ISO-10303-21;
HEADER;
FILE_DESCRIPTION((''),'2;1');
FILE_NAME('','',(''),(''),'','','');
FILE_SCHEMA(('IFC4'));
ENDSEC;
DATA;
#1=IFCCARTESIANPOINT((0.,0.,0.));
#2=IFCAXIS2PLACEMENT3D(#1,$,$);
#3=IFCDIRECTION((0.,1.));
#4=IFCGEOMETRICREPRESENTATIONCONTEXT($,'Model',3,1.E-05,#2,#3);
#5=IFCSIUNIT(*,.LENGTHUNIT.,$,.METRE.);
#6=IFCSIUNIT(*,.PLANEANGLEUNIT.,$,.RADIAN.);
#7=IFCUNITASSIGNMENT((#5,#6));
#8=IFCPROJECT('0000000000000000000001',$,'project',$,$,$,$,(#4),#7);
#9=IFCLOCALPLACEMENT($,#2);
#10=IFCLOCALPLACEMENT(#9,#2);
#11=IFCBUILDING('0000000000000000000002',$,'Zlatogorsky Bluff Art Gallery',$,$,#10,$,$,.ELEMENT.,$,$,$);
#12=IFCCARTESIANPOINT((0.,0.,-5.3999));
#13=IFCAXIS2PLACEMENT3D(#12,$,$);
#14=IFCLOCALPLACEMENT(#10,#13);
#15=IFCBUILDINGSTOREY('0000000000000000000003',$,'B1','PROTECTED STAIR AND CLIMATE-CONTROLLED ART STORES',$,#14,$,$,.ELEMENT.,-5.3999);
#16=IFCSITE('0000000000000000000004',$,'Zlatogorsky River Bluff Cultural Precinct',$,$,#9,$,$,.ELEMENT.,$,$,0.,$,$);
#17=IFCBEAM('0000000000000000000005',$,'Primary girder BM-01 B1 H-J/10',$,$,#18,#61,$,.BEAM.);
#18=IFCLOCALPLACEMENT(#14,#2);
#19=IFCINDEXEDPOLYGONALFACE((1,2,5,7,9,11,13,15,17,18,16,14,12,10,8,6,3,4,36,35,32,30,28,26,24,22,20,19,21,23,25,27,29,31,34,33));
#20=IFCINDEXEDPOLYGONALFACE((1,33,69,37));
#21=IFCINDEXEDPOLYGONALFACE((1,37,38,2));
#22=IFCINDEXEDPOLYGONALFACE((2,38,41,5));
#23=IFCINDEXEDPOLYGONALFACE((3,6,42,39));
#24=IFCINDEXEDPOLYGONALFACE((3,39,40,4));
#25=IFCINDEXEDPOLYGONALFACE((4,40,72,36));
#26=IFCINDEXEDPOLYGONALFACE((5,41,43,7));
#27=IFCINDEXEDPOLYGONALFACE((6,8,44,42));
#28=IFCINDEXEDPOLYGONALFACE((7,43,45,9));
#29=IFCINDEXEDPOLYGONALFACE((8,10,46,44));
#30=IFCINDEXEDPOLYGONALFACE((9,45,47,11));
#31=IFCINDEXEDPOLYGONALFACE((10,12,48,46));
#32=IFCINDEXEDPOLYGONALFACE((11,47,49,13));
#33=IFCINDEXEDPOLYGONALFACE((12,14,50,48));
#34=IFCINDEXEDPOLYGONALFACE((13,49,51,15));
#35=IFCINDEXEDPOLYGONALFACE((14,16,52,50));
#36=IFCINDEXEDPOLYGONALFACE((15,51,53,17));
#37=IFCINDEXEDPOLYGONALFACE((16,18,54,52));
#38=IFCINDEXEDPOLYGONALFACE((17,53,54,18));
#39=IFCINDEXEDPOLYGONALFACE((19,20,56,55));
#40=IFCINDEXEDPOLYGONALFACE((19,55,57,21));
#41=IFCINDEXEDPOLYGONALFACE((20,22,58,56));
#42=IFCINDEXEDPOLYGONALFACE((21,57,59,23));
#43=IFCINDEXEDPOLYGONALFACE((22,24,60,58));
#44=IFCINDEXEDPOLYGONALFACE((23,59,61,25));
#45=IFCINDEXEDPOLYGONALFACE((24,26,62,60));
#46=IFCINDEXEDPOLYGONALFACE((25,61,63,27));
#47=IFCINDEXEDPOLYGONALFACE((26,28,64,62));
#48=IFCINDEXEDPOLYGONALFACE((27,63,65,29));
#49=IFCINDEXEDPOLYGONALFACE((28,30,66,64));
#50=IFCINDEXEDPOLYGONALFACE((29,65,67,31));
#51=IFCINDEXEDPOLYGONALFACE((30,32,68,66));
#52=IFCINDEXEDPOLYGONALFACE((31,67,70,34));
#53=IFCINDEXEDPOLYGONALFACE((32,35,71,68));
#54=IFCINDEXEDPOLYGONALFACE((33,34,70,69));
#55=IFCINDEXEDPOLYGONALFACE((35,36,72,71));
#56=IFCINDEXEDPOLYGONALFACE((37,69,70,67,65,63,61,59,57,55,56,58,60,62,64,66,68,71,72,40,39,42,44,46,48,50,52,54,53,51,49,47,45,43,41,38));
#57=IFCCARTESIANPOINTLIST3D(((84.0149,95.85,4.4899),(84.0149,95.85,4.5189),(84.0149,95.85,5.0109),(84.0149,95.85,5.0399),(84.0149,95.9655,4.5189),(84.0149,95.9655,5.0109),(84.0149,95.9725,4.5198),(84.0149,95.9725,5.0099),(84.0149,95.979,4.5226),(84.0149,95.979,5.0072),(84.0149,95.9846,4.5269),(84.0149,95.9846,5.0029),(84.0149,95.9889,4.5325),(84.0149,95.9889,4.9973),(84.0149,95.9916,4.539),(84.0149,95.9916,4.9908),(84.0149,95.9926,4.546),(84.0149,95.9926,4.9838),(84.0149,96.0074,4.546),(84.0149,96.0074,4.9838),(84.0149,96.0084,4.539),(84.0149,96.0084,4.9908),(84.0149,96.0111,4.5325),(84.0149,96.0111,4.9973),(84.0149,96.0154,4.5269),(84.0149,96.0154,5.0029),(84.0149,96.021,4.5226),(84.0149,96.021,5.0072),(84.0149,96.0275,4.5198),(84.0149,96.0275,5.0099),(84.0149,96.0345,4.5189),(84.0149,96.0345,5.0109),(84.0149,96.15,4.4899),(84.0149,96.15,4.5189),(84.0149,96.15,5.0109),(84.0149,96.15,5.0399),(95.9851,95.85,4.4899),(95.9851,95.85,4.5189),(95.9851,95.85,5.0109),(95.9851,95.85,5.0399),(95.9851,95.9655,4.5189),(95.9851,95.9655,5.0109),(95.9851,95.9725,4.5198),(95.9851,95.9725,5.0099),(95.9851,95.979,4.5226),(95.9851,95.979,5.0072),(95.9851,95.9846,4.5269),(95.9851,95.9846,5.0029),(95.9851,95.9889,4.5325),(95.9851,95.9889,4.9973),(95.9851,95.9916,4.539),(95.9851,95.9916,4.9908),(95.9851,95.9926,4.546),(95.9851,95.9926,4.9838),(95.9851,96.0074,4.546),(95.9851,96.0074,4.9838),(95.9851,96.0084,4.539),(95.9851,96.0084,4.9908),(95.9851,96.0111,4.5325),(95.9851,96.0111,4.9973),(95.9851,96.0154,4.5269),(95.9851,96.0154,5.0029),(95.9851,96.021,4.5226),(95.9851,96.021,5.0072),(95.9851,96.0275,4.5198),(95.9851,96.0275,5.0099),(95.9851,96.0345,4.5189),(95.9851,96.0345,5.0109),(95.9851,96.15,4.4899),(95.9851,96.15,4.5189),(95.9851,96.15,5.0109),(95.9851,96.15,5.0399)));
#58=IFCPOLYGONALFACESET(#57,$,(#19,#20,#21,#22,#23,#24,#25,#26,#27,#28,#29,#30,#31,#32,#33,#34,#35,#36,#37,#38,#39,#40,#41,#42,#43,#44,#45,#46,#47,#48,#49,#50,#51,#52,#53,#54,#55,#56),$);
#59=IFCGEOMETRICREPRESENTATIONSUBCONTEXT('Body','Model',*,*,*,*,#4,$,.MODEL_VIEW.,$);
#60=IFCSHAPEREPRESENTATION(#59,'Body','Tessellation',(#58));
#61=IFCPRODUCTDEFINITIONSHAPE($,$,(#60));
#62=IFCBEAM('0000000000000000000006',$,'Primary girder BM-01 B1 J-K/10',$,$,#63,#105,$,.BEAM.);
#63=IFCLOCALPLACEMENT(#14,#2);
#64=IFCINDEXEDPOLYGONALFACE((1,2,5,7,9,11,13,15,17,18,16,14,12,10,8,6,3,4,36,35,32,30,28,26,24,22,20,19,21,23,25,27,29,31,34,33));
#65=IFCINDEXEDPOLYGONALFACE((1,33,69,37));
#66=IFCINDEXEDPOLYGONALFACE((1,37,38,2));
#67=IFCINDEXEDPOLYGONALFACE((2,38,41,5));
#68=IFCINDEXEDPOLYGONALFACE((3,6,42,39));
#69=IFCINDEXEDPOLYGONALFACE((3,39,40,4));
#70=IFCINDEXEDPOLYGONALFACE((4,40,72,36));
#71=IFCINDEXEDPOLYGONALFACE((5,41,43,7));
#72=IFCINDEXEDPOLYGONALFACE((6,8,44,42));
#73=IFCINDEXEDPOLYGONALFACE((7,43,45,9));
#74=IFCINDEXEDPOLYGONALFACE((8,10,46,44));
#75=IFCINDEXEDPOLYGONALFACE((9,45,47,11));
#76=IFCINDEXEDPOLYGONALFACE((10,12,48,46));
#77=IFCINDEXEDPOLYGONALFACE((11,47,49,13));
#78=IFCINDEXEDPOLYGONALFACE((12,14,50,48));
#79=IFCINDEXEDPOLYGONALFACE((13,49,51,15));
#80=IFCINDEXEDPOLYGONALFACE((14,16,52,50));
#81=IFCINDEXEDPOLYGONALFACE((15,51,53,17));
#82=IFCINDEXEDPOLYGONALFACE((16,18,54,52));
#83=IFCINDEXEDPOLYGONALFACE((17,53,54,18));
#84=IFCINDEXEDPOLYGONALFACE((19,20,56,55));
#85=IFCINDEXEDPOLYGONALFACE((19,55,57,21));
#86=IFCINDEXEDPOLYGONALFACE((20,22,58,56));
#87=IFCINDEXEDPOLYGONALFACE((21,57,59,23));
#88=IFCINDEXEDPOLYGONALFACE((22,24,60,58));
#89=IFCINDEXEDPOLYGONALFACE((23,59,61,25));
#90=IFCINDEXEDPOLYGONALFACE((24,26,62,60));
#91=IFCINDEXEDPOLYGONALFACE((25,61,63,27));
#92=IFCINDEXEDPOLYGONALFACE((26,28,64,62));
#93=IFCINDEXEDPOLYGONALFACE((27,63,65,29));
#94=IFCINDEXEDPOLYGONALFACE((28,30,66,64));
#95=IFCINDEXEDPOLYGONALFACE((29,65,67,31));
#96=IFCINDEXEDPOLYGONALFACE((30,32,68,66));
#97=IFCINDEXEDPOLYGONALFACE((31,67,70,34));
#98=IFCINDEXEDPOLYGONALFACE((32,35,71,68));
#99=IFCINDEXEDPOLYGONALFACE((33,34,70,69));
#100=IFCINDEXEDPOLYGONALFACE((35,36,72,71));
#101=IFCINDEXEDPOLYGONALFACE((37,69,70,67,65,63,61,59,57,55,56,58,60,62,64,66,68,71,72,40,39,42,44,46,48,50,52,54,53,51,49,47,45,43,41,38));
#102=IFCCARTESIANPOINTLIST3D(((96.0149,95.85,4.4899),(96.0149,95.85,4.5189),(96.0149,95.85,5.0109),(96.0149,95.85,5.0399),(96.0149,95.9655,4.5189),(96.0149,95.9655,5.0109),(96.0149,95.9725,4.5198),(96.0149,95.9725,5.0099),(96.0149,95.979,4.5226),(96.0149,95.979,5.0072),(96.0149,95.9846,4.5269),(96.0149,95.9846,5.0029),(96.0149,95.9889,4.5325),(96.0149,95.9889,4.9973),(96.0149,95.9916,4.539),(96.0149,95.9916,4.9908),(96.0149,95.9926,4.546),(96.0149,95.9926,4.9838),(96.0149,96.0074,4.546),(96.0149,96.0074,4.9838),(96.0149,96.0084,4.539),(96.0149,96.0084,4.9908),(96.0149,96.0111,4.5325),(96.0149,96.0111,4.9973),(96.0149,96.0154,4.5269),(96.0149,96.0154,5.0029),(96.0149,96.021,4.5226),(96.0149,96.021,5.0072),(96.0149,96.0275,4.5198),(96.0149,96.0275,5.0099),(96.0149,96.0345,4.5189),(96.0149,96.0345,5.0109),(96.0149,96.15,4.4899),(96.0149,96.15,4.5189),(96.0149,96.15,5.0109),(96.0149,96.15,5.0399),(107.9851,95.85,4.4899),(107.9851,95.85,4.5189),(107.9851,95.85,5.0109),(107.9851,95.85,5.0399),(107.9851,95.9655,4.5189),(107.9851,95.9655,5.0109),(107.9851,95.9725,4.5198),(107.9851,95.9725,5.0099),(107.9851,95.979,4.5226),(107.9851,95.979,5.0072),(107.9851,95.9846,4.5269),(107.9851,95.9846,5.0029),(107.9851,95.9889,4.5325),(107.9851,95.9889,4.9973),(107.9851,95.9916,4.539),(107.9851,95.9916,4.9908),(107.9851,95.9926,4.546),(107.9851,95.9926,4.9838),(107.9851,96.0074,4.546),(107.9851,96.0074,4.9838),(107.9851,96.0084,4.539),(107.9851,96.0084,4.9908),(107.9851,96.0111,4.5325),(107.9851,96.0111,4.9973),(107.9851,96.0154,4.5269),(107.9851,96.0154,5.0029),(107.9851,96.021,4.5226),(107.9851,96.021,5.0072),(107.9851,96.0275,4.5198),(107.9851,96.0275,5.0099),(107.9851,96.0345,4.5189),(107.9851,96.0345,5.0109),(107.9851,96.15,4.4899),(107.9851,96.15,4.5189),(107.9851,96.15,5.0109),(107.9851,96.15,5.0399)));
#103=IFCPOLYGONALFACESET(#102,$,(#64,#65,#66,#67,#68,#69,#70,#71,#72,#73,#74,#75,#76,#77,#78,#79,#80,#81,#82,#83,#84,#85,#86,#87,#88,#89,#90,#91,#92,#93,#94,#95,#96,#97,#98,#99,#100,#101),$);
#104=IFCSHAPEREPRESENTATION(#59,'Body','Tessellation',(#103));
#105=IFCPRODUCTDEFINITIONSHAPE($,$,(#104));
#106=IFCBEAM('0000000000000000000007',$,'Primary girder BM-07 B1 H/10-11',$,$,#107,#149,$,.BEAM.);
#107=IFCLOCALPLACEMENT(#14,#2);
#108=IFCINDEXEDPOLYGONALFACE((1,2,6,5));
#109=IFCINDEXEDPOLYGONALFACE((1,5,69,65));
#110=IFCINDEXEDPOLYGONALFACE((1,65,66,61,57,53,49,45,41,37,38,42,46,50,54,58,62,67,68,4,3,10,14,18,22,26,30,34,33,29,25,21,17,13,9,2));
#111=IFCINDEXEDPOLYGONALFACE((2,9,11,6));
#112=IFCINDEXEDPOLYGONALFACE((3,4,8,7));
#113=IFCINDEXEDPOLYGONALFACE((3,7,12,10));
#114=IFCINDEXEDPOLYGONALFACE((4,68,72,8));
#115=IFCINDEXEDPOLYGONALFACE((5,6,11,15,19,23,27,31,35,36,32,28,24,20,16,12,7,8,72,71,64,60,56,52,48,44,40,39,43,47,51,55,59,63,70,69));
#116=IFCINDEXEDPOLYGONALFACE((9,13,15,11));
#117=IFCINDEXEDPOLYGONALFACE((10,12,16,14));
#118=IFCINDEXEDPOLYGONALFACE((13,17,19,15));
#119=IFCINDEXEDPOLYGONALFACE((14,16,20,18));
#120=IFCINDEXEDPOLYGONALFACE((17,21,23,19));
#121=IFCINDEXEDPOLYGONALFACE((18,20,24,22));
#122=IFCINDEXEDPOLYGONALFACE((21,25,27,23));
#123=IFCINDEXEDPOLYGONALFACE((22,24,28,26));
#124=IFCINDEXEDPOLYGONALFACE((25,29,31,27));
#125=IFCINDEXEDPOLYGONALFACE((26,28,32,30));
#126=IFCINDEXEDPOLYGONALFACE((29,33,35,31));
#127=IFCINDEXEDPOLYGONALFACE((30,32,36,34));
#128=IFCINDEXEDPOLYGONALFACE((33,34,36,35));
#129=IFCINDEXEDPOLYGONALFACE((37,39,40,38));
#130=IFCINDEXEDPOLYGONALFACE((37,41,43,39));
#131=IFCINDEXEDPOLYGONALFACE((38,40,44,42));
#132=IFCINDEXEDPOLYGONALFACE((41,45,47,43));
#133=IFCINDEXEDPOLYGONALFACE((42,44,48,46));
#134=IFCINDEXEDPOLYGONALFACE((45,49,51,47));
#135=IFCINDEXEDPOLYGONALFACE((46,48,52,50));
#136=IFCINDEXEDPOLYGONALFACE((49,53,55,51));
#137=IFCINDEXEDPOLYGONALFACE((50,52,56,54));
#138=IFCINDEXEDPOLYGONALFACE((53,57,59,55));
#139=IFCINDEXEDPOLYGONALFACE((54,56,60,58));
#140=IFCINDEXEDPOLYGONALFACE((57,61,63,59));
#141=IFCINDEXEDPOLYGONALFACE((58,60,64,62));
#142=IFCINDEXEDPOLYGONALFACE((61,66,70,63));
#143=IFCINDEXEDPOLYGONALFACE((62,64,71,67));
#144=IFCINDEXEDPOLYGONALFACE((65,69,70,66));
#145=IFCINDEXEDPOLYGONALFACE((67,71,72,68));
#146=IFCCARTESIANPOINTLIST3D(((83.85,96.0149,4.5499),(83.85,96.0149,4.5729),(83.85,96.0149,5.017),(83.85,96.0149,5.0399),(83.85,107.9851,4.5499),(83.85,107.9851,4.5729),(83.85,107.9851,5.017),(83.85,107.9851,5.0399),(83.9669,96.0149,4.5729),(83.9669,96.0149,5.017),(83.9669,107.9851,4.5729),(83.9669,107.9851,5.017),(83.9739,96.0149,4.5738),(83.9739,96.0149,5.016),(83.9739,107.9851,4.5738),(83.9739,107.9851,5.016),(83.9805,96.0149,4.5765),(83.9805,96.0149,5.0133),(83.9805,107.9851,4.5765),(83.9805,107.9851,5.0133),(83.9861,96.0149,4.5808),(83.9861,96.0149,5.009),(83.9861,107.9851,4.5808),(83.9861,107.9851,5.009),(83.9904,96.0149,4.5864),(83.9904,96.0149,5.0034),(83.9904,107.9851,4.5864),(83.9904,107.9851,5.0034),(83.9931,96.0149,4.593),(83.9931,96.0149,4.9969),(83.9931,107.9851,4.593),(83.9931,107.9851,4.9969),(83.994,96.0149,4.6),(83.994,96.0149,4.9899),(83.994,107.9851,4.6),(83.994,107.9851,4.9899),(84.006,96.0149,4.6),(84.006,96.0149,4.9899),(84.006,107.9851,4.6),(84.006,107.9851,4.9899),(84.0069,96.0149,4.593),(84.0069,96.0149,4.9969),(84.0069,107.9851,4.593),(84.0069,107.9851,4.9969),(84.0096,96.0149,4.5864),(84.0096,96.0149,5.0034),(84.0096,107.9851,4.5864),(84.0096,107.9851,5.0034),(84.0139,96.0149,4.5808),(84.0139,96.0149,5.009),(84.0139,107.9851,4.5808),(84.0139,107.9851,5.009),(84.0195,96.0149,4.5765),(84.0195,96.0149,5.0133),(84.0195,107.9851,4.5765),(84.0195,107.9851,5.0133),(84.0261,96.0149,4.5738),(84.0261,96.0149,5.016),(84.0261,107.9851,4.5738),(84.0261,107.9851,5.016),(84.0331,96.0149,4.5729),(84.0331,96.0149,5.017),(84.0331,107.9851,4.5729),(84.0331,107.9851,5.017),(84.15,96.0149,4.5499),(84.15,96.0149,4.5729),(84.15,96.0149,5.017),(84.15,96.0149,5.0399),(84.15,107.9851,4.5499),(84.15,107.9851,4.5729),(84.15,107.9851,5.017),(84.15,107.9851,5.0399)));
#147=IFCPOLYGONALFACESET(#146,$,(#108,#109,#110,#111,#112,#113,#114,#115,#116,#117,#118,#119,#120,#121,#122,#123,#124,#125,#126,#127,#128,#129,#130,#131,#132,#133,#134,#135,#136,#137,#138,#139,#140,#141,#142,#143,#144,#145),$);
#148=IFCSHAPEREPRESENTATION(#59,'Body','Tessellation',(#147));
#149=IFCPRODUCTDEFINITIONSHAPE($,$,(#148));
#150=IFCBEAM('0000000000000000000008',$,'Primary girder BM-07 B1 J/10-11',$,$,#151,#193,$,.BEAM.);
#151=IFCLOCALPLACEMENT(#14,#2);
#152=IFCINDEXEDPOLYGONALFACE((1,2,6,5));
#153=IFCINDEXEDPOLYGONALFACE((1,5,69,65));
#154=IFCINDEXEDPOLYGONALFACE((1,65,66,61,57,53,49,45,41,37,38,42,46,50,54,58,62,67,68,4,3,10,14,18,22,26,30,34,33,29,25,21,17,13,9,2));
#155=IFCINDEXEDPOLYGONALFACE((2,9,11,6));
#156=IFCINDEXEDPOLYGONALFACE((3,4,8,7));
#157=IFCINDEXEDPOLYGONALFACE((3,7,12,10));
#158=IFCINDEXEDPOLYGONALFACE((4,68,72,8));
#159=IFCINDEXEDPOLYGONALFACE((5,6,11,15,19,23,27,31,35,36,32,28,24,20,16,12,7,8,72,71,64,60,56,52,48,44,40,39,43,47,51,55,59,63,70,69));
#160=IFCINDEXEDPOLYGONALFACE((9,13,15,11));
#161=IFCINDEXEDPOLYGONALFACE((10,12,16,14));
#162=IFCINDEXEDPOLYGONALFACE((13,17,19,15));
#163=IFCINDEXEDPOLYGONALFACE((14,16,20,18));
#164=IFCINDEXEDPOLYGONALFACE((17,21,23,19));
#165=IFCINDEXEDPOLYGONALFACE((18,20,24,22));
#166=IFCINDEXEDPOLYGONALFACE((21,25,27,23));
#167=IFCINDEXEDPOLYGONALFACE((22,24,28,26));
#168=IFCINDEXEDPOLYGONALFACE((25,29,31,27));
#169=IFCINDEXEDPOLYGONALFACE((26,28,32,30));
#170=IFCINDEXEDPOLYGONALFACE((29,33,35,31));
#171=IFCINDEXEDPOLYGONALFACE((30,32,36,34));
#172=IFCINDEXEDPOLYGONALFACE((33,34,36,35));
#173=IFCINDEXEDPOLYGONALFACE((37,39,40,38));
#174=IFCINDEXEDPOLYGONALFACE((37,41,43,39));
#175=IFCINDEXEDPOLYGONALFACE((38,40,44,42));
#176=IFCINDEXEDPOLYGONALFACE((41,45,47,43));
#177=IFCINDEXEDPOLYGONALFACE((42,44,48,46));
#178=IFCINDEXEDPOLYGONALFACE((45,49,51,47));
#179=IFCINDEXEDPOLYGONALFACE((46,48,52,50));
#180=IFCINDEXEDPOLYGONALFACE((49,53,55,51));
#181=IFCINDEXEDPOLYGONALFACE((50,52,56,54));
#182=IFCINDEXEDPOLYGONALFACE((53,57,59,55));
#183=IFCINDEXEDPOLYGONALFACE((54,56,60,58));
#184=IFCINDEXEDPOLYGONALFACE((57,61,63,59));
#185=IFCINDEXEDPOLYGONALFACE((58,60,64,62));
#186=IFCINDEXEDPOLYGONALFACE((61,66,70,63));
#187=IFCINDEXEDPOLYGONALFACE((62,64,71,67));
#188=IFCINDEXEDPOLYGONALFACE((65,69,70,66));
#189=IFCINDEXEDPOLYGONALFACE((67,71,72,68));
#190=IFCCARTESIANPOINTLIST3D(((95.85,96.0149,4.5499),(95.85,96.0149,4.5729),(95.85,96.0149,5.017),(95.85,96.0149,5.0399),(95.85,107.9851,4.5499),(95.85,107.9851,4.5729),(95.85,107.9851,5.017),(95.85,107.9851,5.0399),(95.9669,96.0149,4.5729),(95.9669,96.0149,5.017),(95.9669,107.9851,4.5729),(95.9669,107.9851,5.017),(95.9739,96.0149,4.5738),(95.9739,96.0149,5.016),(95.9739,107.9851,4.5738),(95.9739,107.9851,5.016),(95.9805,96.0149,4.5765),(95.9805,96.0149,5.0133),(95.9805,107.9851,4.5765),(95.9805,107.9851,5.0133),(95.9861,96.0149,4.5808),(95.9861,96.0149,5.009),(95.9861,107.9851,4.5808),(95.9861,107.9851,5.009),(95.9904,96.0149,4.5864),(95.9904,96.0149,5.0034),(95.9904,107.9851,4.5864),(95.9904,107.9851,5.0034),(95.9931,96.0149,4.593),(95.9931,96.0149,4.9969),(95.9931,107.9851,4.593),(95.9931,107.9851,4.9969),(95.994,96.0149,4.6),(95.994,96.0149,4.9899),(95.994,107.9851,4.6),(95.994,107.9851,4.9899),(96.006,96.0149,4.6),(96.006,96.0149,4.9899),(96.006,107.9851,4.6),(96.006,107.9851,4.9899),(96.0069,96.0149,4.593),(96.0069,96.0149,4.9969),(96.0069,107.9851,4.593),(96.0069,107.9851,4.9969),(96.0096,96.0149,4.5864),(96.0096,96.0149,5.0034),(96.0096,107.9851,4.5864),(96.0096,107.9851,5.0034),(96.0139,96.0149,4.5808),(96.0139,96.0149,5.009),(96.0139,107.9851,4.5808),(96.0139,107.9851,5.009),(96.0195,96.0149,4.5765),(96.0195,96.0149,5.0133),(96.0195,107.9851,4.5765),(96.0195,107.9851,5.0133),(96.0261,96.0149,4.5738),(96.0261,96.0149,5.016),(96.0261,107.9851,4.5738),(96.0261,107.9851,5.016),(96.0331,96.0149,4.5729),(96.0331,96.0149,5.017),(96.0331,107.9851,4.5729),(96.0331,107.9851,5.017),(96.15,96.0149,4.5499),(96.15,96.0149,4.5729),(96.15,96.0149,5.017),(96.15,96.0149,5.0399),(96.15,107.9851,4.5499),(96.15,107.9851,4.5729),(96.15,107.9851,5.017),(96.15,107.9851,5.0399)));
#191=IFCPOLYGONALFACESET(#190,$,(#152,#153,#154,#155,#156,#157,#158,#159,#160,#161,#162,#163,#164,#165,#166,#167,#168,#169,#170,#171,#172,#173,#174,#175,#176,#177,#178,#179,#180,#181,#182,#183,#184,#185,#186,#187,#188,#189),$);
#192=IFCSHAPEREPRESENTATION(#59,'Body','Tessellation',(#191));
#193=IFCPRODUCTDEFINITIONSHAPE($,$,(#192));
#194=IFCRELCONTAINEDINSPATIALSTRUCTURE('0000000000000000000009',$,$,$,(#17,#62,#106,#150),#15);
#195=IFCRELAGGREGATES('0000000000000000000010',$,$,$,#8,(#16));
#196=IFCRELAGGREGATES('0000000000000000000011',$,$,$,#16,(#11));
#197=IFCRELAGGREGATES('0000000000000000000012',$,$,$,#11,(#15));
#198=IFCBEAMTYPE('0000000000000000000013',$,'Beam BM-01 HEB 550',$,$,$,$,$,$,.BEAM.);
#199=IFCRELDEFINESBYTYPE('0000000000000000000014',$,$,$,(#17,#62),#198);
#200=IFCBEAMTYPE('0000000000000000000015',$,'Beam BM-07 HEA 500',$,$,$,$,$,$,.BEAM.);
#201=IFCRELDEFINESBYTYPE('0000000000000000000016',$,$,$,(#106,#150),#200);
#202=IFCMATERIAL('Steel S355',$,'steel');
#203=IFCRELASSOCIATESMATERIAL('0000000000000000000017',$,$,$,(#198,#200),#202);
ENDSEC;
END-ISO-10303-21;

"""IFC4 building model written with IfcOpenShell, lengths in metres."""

from ifc_helpers import new_model, si_unit, direction, frame, origin, origin_2d, place, context, subcontext, project, spatial, i_section, extrude, material, material_profile, profile_set, type_object, element, save


model = new_model("IFC4")

# Units and contexts
model_context = context("Model", 3, precision=1e-05, world=origin(), true_north=direction((0.0, 1.0)))
body_context = subcontext(model_context, "Body", "Model", "MODEL_VIEW")
ifc_project = project(units=[si_unit("LENGTHUNIT", "METRE"), si_unit("PLANEANGLEUNIT", "RADIAN")], contexts=[model_context])

# Site, building, storey
site_placement = place(None, origin())
site = spatial("IfcSite", under=ifc_project, at=site_placement, Name="Zlatogorsky River Bluff Cultural Precinct", CompositionType="ELEMENT", RefElevation=0.0)
building_placement = place(site_placement, origin())
building = spatial("IfcBuilding", under=site, at=building_placement, Name="Zlatogorsky Bluff Art Gallery", CompositionType="ELEMENT")
storey_placement = place(building_placement, frame((0.0, 0.0, -5.3999)))
storey = spatial("IfcBuildingStorey", under=building, at=storey_placement, Name="B1", Description="PROTECTED STAIR AND CLIMATE-CONTROLLED ART STORES", CompositionType="ELEMENT", Elevation=-5.3999)

# Shared definitions
ifc_material_1 = material(Name="Steel S355", Category="steel")

# Beams
ifc_material_profile_1 = material_profile(ifc_material_1, i_section(OverallWidth=0.3, OverallDepth=0.55, WebThickness=0.0149, FlangeThickness=0.0291, FilletRadius=0.0271, at=origin_2d()), Name="HEB 550")
ifc_profile_set_1 = profile_set([ifc_material_profile_1], Name="Steel S355")
beam_type_1 = type_object("IfcBeamType", Name="Beam BM-01 HEB 550", PredefinedType="BEAM", material=ifc_profile_set_1)
for number, where, z_axis, x_axis, name in (
    (1, (84.0149, 96.0, 4.7649), (1.0, 0.0, 0.0), (0.0, 1.0, 0.0), "Primary girder BM-01 B1 H-J/10"),
    (2, (96.0149, 96.0, 4.7649), (1.0, 0.0, 0.0), (0.0, 1.0, 0.0), "Primary girder BM-01 B1 J-K/10"),
):
    element("IfcBeam", number, at=place(storey_placement, frame(where, z_axis=z_axis, x_axis=x_axis)), inside=storey, type_object=beam_type_1, Name=name, PredefinedType="BEAM", context=body_context, shape_type="SweptSolid", body=[
        extrude(i_section(OverallWidth=0.3, OverallDepth=0.55, WebThickness=0.0149, FlangeThickness=0.0291, FilletRadius=0.0271, at=origin_2d()), origin(), (0.0, 0.0, 1.0), 11.9702),
    ])
ifc_material_profile_2 = material_profile(ifc_material_1, i_section(OverallWidth=0.3, OverallDepth=0.49, WebThickness=0.012, FlangeThickness=0.0229, FilletRadius=0.0271, at=origin_2d()), Name="HEA 500")
ifc_profile_set_2 = profile_set([ifc_material_profile_2], Name="Steel S355")
beam_type_2 = type_object("IfcBeamType", Name="Beam BM-07 HEA 500", PredefinedType="BEAM", material=ifc_profile_set_2)
for number, where, z_axis, x_axis, name in (
    (3, (84.0, 96.0149, 4.7949), (0.0, 1.0, 0.0), (-1.0, 0.0, 0.0), "Primary girder BM-07 B1 H/10-11"),
    (4, (96.0, 96.0149, 4.7949), (0.0, 1.0, 0.0), (-1.0, 0.0, 0.0), "Primary girder BM-07 B1 J/10-11"),
):
    element("IfcBeam", number, at=place(storey_placement, frame(where, z_axis=z_axis, x_axis=x_axis)), inside=storey, type_object=beam_type_2, Name=name, PredefinedType="BEAM", context=body_context, shape_type="SweptSolid", body=[
        extrude(i_section(OverallWidth=0.3, OverallDepth=0.49, WebThickness=0.012, FlangeThickness=0.0229, FilletRadius=0.0271, at=origin_2d()), origin(), (0.0, 0.0, 1.0), 11.9702),
    ])

save(model, "model.ifc")
